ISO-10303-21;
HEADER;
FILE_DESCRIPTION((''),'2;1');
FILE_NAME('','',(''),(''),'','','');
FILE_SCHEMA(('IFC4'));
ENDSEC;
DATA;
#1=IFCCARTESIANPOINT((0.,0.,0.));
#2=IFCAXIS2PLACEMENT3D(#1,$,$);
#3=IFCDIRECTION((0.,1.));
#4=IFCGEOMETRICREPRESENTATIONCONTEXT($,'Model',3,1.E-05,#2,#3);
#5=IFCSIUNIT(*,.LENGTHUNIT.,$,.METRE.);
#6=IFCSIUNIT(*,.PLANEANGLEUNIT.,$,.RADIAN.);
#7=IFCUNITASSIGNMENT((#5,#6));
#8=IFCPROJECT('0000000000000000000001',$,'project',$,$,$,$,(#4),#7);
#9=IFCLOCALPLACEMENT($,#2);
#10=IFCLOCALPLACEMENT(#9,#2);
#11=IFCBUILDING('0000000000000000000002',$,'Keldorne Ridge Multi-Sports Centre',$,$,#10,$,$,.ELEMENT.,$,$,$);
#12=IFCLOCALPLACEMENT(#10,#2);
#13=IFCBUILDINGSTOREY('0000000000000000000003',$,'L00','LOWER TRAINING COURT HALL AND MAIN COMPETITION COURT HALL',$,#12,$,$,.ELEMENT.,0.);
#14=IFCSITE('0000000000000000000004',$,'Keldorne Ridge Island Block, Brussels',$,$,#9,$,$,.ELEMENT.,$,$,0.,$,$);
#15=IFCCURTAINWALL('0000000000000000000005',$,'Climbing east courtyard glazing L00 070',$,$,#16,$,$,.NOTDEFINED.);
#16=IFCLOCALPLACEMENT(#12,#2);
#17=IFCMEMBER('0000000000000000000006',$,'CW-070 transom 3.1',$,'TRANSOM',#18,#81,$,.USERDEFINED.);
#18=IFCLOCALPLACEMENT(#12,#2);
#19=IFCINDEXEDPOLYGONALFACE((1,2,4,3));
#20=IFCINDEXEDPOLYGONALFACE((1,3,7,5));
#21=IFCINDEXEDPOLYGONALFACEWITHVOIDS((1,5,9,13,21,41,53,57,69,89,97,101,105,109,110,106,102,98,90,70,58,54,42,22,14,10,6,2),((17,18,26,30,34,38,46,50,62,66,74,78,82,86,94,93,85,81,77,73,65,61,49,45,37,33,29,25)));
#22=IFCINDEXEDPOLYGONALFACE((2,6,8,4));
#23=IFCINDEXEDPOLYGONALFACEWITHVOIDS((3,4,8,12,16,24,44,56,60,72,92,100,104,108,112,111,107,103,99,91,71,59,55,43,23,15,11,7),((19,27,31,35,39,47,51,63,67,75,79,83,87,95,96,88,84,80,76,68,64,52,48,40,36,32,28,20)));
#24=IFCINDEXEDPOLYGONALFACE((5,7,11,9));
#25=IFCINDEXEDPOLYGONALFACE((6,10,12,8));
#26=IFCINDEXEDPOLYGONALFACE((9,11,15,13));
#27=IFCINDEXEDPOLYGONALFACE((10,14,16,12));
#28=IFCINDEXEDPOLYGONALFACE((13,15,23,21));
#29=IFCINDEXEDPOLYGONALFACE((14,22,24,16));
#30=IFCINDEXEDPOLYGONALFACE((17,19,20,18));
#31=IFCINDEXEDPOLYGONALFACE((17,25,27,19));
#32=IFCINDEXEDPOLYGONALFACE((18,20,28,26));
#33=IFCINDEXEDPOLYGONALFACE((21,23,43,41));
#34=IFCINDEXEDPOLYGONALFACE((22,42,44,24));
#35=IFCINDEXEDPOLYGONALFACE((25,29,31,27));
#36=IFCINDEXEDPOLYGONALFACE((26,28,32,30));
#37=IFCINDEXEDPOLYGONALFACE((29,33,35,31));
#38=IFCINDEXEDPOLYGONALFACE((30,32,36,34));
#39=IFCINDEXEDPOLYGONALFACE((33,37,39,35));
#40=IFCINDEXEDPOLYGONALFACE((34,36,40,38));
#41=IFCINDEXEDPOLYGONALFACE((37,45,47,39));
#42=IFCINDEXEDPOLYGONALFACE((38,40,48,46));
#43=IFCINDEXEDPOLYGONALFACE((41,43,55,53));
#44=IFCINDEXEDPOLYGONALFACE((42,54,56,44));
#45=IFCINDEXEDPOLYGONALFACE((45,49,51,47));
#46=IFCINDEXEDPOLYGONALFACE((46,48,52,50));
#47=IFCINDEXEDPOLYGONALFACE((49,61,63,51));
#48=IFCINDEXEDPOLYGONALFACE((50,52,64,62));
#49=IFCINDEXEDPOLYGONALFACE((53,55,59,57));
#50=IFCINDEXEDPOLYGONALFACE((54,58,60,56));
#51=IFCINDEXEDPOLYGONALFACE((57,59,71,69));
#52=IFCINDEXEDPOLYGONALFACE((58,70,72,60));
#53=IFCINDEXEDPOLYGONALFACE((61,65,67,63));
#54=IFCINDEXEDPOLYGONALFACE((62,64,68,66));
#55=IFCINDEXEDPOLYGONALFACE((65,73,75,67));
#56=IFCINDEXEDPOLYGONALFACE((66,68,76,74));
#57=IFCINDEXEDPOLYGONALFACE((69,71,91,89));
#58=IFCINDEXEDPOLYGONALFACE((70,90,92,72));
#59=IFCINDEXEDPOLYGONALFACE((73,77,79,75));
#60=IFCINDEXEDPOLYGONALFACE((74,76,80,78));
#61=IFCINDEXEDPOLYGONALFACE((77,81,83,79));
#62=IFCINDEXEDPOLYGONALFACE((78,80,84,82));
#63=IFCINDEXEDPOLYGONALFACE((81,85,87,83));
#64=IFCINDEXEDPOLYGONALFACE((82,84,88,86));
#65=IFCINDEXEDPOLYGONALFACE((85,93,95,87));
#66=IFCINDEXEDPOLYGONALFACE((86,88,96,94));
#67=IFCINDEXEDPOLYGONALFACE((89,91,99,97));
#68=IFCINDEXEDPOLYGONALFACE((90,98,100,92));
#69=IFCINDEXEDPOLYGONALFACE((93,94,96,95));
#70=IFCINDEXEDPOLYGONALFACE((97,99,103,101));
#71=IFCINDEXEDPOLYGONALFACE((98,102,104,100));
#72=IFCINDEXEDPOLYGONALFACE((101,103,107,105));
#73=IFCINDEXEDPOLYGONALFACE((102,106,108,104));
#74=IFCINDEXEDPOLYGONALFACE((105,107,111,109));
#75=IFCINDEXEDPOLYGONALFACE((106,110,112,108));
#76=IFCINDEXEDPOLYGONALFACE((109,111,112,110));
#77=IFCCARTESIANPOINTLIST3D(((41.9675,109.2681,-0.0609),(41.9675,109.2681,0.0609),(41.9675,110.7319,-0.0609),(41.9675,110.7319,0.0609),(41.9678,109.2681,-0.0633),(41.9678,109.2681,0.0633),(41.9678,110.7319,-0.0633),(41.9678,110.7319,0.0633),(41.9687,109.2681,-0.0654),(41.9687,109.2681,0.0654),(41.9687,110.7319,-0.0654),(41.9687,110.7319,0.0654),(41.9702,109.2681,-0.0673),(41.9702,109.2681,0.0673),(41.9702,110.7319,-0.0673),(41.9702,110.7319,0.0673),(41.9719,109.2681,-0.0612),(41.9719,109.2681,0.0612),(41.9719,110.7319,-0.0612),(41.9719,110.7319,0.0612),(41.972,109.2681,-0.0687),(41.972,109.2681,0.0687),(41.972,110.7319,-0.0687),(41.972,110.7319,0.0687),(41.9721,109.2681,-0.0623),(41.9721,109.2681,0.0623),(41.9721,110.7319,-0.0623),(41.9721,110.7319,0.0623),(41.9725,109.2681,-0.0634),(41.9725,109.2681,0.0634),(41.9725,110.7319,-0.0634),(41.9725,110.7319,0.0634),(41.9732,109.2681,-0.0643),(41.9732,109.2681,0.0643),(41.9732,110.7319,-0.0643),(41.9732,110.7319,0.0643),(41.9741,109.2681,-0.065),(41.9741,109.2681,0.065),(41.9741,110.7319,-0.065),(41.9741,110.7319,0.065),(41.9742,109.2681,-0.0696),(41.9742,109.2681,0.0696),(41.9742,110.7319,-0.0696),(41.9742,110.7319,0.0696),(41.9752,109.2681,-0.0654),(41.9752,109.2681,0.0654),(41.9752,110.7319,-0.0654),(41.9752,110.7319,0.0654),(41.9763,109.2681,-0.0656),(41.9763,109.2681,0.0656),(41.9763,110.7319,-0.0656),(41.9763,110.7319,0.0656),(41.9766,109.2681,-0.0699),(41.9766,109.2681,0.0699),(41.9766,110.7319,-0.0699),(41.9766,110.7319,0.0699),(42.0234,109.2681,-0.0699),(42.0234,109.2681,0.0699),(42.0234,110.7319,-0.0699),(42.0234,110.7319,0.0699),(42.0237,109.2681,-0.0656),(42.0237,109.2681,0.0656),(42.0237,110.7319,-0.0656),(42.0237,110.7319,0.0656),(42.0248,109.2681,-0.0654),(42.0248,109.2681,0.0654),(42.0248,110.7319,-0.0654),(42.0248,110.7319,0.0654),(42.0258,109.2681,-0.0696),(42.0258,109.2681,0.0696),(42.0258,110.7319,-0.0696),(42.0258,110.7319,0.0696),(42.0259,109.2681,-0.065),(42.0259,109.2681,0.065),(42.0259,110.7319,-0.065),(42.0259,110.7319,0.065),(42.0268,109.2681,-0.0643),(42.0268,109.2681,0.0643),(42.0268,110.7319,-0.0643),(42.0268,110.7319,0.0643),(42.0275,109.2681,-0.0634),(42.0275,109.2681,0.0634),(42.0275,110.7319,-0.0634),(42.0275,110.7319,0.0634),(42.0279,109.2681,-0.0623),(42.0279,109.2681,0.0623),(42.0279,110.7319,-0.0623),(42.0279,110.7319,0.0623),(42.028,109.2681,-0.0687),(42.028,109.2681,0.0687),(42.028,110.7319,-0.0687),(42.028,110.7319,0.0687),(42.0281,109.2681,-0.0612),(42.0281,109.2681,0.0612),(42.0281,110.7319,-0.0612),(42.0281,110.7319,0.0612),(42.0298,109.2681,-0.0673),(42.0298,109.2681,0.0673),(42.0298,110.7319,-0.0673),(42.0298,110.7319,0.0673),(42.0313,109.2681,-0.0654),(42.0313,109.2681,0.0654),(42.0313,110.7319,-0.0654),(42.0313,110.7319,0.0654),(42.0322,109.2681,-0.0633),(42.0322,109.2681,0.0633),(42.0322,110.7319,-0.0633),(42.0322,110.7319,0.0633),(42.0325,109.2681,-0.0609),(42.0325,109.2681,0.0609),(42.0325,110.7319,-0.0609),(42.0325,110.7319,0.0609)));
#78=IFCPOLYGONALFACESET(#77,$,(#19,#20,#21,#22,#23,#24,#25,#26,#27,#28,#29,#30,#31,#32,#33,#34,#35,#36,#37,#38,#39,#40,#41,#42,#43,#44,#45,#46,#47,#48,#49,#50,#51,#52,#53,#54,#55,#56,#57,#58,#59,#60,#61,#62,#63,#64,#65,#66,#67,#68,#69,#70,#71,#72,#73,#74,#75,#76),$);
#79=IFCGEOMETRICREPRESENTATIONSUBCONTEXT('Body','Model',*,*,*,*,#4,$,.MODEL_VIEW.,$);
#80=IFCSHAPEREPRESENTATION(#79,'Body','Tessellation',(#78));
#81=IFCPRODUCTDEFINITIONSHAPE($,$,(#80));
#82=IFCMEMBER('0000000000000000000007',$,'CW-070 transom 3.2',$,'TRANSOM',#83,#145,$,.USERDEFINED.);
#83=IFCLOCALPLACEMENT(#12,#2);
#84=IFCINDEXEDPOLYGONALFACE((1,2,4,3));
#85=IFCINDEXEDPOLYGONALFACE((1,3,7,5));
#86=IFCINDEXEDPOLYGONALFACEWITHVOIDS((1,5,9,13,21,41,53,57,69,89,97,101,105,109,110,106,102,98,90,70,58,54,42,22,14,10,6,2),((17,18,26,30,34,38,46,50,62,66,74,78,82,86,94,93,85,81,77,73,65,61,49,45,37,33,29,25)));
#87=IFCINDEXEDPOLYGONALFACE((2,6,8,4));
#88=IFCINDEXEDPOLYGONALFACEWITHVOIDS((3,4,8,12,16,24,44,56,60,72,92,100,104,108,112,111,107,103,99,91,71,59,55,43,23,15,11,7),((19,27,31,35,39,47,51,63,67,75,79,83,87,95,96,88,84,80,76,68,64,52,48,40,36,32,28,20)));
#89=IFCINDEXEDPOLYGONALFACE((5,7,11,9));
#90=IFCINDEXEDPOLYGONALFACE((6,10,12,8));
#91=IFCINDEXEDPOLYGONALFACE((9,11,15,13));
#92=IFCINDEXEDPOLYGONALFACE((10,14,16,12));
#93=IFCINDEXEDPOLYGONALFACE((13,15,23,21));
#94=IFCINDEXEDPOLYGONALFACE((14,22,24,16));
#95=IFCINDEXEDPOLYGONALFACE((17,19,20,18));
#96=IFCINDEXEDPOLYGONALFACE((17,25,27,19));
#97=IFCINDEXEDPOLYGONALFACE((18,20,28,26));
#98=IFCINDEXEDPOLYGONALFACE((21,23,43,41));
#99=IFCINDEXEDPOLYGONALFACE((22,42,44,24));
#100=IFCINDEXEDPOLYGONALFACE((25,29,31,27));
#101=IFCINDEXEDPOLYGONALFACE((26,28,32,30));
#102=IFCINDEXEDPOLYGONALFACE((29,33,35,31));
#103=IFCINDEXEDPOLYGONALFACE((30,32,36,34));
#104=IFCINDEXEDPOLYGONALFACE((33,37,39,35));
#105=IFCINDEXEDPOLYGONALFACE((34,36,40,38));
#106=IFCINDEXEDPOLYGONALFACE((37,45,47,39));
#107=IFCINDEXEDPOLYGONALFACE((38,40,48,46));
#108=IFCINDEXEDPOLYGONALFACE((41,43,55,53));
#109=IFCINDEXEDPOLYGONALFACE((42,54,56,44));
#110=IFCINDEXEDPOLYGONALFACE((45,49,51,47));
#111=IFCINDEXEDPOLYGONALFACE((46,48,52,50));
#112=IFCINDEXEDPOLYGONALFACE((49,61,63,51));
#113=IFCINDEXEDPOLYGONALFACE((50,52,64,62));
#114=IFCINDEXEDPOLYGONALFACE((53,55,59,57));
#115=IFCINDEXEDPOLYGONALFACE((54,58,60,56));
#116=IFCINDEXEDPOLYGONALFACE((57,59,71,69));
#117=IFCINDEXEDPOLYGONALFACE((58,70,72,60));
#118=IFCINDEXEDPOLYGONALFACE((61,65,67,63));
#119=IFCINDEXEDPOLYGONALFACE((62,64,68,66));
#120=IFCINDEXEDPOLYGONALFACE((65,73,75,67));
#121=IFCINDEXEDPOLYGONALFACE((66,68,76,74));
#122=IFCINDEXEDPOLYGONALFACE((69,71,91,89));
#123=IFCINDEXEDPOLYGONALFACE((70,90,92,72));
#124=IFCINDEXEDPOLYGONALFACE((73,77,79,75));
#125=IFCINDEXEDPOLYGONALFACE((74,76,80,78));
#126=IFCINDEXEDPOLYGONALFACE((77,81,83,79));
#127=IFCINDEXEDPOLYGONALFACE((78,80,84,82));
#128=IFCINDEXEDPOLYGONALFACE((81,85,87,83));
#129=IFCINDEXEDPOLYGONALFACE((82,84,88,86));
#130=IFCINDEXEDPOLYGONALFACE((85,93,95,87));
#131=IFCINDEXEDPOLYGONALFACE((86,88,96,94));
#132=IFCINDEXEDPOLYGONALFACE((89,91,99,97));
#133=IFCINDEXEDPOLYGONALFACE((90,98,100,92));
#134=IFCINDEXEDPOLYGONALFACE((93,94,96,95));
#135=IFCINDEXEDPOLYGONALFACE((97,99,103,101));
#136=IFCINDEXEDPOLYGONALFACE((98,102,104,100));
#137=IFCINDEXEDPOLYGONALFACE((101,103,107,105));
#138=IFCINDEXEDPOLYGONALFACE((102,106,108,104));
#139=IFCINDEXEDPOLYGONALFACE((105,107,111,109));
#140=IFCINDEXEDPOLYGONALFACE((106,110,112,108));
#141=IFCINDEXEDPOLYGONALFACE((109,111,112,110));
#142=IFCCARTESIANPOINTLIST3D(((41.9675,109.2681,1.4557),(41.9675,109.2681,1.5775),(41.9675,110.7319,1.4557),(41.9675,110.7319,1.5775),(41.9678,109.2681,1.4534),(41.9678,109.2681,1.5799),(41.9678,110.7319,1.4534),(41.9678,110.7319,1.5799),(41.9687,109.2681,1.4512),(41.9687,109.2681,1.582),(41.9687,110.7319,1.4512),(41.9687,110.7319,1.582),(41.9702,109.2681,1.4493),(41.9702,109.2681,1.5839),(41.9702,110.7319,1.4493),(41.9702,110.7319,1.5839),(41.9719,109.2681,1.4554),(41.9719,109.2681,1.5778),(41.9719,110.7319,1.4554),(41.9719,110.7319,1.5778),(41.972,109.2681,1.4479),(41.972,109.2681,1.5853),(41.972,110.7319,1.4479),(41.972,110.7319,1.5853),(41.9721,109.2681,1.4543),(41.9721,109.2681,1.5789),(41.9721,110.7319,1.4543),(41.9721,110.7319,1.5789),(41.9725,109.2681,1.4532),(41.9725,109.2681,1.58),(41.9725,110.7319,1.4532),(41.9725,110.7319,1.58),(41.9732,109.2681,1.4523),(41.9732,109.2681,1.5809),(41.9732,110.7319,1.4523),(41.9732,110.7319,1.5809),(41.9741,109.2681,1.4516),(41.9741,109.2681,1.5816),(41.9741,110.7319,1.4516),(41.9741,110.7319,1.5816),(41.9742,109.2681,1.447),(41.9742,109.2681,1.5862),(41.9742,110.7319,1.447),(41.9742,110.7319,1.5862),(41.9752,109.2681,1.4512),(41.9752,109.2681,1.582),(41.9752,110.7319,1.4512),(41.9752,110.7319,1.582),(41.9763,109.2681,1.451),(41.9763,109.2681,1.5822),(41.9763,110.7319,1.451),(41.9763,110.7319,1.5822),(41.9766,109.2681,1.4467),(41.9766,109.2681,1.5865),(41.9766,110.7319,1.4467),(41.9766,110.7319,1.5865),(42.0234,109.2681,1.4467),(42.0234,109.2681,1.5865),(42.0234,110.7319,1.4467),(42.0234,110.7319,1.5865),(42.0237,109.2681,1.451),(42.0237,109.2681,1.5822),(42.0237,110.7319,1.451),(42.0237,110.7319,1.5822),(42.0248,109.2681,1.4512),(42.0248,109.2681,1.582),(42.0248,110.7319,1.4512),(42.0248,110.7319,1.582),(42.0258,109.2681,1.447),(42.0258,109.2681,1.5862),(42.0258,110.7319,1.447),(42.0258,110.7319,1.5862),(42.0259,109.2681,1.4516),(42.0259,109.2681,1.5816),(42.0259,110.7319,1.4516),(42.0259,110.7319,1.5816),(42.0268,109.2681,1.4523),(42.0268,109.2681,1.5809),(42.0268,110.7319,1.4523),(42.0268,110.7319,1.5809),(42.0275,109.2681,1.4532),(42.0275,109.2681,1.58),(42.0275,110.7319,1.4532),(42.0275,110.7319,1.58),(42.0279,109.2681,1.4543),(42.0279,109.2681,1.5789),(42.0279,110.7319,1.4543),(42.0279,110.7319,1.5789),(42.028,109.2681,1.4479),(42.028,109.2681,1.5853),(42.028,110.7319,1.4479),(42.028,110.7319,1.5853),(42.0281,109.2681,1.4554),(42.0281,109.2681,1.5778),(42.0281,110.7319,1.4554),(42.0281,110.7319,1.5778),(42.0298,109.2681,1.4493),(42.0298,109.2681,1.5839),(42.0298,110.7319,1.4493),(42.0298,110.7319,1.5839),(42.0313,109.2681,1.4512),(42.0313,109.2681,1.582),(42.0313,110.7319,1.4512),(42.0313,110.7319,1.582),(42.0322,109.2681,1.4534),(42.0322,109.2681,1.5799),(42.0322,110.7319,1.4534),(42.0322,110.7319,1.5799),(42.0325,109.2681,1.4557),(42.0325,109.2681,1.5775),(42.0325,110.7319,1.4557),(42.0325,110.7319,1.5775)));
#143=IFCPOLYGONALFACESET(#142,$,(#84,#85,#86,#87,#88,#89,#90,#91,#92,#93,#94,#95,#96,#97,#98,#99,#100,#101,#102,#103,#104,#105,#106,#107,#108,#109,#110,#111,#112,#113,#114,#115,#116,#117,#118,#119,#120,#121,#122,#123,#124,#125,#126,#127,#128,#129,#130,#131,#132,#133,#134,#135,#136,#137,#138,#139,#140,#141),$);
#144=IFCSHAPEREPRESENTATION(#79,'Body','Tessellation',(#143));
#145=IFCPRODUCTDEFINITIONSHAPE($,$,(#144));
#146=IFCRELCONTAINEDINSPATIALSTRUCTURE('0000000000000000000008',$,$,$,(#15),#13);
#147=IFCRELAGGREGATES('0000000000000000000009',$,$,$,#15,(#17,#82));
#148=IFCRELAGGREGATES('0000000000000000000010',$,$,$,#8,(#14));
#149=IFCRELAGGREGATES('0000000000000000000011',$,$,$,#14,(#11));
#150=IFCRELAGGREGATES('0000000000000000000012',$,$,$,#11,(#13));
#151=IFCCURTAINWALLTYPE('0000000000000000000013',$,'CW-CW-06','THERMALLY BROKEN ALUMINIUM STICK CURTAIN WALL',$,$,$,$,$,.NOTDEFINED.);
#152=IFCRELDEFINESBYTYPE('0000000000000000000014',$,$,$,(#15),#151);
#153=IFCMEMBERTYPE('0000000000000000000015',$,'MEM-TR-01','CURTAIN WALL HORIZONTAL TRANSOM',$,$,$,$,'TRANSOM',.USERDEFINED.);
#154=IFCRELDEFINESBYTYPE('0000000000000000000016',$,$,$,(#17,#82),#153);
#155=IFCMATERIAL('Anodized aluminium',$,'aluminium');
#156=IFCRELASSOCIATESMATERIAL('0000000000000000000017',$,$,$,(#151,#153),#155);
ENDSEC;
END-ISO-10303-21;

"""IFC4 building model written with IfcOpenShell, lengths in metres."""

from ifc_helpers import new_model, si_unit, direction, frame, origin, origin_2d, place, context, subcontext, project, spatial, hollow_rectangle, extrude, material, material_profile, profile_set, type_object, element, aggregate, save


model = new_model("IFC4")

# Units and contexts
model_context = context("Model", 3, precision=1e-05, world=origin(), true_north=direction((0.0, 1.0)))
body_context = subcontext(model_context, "Body", "Model", "MODEL_VIEW")
ifc_project = project(units=[si_unit("LENGTHUNIT", "METRE"), si_unit("PLANEANGLEUNIT", "RADIAN")], contexts=[model_context])

# Site, building, storey
site_placement = place(None, origin())
site = spatial("IfcSite", under=ifc_project, at=site_placement, Name="Keldorne Ridge Island Block, Brussels", CompositionType="ELEMENT", RefElevation=0.0)
building_placement = place(site_placement, origin())
building = spatial("IfcBuilding", under=site, at=building_placement, Name="Keldorne Ridge Multi-Sports Centre", CompositionType="ELEMENT")
storey_placement = place(building_placement, origin())
storey = spatial("IfcBuildingStorey", under=building, at=storey_placement, Name="L00", Description="LOWER TRAINING COURT HALL AND MAIN COMPETITION COURT HALL", CompositionType="ELEMENT", Elevation=0.0)

# Shared definitions
ifc_material_1 = material(Name="Anodized aluminium", Category="aluminium")

# Curtain wall, members
curtain_wall_type_1 = type_object("IfcCurtainWallType", Name="CW-CW-06", Description="THERMALLY BROKEN ALUMINIUM STICK CURTAIN WALL", PredefinedType="NOTDEFINED", material=ifc_material_1)
curtain_wall_1_placement = place(storey_placement, origin())
curtain_wall_1 = element("IfcCurtainWall", 1, at=curtain_wall_1_placement, inside=storey, type_object=curtain_wall_type_1, Name="Climbing east courtyard glazing L00 070", PredefinedType="NOTDEFINED")
ifc_material_profile_1 = material_profile(ifc_material_1, hollow_rectangle(XDim=0.0649, YDim=0.1399, WallThickness=0.0044, InnerFilletRadius=0.0044, OuterFilletRadius=0.009, at=origin_2d()), Name="ALU TRANSOM 140x65x4.5")
ifc_profile_set_1 = profile_set([ifc_material_profile_1], Name="Anodized aluminium")
member_type_1 = type_object("IfcMemberType", Name="MEM-TR-01", Description="CURTAIN WALL HORIZONTAL TRANSOM", ElementType="TRANSOM", PredefinedType="USERDEFINED", material=ifc_profile_set_1)
member_1_placement = place(storey_placement, frame((42.0, 109.2681, 0.0), z_axis=(0.0, 1.0, 0.0), x_axis=(-1.0, 0.0, 0.0)))
member_1 = element("IfcMember", 2, at=member_1_placement, type_object=member_type_1, Name="CW-070 transom 3.1", ObjectType="TRANSOM", PredefinedType="USERDEFINED", context=body_context, shape_type="SweptSolid", body=[
    extrude(hollow_rectangle(XDim=0.0649, YDim=0.1399, WallThickness=0.0044, InnerFilletRadius=0.0044, OuterFilletRadius=0.009, at=origin_2d()), origin(), (0.0, 0.0, 1.0), 1.4639),
])
member_2_placement = place(storey_placement, frame((42.0, 109.2681, 1.5166), z_axis=(0.0, 1.0, 0.0), x_axis=(-1.0, 0.0, 0.0)))
member_2 = element("IfcMember", 3, at=member_2_placement, type_object=member_type_1, Name="CW-070 transom 3.2", ObjectType="TRANSOM", PredefinedType="USERDEFINED", context=body_context, shape_type="SweptSolid", body=[
    extrude(hollow_rectangle(XDim=0.0649, YDim=0.1399, WallThickness=0.0044, InnerFilletRadius=0.0044, OuterFilletRadius=0.009, at=origin_2d()), origin(), (0.0, 0.0, 1.0), 1.4639),
])

aggregate(curtain_wall_1, [member_1, member_2])

save(model, "model.ifc")
